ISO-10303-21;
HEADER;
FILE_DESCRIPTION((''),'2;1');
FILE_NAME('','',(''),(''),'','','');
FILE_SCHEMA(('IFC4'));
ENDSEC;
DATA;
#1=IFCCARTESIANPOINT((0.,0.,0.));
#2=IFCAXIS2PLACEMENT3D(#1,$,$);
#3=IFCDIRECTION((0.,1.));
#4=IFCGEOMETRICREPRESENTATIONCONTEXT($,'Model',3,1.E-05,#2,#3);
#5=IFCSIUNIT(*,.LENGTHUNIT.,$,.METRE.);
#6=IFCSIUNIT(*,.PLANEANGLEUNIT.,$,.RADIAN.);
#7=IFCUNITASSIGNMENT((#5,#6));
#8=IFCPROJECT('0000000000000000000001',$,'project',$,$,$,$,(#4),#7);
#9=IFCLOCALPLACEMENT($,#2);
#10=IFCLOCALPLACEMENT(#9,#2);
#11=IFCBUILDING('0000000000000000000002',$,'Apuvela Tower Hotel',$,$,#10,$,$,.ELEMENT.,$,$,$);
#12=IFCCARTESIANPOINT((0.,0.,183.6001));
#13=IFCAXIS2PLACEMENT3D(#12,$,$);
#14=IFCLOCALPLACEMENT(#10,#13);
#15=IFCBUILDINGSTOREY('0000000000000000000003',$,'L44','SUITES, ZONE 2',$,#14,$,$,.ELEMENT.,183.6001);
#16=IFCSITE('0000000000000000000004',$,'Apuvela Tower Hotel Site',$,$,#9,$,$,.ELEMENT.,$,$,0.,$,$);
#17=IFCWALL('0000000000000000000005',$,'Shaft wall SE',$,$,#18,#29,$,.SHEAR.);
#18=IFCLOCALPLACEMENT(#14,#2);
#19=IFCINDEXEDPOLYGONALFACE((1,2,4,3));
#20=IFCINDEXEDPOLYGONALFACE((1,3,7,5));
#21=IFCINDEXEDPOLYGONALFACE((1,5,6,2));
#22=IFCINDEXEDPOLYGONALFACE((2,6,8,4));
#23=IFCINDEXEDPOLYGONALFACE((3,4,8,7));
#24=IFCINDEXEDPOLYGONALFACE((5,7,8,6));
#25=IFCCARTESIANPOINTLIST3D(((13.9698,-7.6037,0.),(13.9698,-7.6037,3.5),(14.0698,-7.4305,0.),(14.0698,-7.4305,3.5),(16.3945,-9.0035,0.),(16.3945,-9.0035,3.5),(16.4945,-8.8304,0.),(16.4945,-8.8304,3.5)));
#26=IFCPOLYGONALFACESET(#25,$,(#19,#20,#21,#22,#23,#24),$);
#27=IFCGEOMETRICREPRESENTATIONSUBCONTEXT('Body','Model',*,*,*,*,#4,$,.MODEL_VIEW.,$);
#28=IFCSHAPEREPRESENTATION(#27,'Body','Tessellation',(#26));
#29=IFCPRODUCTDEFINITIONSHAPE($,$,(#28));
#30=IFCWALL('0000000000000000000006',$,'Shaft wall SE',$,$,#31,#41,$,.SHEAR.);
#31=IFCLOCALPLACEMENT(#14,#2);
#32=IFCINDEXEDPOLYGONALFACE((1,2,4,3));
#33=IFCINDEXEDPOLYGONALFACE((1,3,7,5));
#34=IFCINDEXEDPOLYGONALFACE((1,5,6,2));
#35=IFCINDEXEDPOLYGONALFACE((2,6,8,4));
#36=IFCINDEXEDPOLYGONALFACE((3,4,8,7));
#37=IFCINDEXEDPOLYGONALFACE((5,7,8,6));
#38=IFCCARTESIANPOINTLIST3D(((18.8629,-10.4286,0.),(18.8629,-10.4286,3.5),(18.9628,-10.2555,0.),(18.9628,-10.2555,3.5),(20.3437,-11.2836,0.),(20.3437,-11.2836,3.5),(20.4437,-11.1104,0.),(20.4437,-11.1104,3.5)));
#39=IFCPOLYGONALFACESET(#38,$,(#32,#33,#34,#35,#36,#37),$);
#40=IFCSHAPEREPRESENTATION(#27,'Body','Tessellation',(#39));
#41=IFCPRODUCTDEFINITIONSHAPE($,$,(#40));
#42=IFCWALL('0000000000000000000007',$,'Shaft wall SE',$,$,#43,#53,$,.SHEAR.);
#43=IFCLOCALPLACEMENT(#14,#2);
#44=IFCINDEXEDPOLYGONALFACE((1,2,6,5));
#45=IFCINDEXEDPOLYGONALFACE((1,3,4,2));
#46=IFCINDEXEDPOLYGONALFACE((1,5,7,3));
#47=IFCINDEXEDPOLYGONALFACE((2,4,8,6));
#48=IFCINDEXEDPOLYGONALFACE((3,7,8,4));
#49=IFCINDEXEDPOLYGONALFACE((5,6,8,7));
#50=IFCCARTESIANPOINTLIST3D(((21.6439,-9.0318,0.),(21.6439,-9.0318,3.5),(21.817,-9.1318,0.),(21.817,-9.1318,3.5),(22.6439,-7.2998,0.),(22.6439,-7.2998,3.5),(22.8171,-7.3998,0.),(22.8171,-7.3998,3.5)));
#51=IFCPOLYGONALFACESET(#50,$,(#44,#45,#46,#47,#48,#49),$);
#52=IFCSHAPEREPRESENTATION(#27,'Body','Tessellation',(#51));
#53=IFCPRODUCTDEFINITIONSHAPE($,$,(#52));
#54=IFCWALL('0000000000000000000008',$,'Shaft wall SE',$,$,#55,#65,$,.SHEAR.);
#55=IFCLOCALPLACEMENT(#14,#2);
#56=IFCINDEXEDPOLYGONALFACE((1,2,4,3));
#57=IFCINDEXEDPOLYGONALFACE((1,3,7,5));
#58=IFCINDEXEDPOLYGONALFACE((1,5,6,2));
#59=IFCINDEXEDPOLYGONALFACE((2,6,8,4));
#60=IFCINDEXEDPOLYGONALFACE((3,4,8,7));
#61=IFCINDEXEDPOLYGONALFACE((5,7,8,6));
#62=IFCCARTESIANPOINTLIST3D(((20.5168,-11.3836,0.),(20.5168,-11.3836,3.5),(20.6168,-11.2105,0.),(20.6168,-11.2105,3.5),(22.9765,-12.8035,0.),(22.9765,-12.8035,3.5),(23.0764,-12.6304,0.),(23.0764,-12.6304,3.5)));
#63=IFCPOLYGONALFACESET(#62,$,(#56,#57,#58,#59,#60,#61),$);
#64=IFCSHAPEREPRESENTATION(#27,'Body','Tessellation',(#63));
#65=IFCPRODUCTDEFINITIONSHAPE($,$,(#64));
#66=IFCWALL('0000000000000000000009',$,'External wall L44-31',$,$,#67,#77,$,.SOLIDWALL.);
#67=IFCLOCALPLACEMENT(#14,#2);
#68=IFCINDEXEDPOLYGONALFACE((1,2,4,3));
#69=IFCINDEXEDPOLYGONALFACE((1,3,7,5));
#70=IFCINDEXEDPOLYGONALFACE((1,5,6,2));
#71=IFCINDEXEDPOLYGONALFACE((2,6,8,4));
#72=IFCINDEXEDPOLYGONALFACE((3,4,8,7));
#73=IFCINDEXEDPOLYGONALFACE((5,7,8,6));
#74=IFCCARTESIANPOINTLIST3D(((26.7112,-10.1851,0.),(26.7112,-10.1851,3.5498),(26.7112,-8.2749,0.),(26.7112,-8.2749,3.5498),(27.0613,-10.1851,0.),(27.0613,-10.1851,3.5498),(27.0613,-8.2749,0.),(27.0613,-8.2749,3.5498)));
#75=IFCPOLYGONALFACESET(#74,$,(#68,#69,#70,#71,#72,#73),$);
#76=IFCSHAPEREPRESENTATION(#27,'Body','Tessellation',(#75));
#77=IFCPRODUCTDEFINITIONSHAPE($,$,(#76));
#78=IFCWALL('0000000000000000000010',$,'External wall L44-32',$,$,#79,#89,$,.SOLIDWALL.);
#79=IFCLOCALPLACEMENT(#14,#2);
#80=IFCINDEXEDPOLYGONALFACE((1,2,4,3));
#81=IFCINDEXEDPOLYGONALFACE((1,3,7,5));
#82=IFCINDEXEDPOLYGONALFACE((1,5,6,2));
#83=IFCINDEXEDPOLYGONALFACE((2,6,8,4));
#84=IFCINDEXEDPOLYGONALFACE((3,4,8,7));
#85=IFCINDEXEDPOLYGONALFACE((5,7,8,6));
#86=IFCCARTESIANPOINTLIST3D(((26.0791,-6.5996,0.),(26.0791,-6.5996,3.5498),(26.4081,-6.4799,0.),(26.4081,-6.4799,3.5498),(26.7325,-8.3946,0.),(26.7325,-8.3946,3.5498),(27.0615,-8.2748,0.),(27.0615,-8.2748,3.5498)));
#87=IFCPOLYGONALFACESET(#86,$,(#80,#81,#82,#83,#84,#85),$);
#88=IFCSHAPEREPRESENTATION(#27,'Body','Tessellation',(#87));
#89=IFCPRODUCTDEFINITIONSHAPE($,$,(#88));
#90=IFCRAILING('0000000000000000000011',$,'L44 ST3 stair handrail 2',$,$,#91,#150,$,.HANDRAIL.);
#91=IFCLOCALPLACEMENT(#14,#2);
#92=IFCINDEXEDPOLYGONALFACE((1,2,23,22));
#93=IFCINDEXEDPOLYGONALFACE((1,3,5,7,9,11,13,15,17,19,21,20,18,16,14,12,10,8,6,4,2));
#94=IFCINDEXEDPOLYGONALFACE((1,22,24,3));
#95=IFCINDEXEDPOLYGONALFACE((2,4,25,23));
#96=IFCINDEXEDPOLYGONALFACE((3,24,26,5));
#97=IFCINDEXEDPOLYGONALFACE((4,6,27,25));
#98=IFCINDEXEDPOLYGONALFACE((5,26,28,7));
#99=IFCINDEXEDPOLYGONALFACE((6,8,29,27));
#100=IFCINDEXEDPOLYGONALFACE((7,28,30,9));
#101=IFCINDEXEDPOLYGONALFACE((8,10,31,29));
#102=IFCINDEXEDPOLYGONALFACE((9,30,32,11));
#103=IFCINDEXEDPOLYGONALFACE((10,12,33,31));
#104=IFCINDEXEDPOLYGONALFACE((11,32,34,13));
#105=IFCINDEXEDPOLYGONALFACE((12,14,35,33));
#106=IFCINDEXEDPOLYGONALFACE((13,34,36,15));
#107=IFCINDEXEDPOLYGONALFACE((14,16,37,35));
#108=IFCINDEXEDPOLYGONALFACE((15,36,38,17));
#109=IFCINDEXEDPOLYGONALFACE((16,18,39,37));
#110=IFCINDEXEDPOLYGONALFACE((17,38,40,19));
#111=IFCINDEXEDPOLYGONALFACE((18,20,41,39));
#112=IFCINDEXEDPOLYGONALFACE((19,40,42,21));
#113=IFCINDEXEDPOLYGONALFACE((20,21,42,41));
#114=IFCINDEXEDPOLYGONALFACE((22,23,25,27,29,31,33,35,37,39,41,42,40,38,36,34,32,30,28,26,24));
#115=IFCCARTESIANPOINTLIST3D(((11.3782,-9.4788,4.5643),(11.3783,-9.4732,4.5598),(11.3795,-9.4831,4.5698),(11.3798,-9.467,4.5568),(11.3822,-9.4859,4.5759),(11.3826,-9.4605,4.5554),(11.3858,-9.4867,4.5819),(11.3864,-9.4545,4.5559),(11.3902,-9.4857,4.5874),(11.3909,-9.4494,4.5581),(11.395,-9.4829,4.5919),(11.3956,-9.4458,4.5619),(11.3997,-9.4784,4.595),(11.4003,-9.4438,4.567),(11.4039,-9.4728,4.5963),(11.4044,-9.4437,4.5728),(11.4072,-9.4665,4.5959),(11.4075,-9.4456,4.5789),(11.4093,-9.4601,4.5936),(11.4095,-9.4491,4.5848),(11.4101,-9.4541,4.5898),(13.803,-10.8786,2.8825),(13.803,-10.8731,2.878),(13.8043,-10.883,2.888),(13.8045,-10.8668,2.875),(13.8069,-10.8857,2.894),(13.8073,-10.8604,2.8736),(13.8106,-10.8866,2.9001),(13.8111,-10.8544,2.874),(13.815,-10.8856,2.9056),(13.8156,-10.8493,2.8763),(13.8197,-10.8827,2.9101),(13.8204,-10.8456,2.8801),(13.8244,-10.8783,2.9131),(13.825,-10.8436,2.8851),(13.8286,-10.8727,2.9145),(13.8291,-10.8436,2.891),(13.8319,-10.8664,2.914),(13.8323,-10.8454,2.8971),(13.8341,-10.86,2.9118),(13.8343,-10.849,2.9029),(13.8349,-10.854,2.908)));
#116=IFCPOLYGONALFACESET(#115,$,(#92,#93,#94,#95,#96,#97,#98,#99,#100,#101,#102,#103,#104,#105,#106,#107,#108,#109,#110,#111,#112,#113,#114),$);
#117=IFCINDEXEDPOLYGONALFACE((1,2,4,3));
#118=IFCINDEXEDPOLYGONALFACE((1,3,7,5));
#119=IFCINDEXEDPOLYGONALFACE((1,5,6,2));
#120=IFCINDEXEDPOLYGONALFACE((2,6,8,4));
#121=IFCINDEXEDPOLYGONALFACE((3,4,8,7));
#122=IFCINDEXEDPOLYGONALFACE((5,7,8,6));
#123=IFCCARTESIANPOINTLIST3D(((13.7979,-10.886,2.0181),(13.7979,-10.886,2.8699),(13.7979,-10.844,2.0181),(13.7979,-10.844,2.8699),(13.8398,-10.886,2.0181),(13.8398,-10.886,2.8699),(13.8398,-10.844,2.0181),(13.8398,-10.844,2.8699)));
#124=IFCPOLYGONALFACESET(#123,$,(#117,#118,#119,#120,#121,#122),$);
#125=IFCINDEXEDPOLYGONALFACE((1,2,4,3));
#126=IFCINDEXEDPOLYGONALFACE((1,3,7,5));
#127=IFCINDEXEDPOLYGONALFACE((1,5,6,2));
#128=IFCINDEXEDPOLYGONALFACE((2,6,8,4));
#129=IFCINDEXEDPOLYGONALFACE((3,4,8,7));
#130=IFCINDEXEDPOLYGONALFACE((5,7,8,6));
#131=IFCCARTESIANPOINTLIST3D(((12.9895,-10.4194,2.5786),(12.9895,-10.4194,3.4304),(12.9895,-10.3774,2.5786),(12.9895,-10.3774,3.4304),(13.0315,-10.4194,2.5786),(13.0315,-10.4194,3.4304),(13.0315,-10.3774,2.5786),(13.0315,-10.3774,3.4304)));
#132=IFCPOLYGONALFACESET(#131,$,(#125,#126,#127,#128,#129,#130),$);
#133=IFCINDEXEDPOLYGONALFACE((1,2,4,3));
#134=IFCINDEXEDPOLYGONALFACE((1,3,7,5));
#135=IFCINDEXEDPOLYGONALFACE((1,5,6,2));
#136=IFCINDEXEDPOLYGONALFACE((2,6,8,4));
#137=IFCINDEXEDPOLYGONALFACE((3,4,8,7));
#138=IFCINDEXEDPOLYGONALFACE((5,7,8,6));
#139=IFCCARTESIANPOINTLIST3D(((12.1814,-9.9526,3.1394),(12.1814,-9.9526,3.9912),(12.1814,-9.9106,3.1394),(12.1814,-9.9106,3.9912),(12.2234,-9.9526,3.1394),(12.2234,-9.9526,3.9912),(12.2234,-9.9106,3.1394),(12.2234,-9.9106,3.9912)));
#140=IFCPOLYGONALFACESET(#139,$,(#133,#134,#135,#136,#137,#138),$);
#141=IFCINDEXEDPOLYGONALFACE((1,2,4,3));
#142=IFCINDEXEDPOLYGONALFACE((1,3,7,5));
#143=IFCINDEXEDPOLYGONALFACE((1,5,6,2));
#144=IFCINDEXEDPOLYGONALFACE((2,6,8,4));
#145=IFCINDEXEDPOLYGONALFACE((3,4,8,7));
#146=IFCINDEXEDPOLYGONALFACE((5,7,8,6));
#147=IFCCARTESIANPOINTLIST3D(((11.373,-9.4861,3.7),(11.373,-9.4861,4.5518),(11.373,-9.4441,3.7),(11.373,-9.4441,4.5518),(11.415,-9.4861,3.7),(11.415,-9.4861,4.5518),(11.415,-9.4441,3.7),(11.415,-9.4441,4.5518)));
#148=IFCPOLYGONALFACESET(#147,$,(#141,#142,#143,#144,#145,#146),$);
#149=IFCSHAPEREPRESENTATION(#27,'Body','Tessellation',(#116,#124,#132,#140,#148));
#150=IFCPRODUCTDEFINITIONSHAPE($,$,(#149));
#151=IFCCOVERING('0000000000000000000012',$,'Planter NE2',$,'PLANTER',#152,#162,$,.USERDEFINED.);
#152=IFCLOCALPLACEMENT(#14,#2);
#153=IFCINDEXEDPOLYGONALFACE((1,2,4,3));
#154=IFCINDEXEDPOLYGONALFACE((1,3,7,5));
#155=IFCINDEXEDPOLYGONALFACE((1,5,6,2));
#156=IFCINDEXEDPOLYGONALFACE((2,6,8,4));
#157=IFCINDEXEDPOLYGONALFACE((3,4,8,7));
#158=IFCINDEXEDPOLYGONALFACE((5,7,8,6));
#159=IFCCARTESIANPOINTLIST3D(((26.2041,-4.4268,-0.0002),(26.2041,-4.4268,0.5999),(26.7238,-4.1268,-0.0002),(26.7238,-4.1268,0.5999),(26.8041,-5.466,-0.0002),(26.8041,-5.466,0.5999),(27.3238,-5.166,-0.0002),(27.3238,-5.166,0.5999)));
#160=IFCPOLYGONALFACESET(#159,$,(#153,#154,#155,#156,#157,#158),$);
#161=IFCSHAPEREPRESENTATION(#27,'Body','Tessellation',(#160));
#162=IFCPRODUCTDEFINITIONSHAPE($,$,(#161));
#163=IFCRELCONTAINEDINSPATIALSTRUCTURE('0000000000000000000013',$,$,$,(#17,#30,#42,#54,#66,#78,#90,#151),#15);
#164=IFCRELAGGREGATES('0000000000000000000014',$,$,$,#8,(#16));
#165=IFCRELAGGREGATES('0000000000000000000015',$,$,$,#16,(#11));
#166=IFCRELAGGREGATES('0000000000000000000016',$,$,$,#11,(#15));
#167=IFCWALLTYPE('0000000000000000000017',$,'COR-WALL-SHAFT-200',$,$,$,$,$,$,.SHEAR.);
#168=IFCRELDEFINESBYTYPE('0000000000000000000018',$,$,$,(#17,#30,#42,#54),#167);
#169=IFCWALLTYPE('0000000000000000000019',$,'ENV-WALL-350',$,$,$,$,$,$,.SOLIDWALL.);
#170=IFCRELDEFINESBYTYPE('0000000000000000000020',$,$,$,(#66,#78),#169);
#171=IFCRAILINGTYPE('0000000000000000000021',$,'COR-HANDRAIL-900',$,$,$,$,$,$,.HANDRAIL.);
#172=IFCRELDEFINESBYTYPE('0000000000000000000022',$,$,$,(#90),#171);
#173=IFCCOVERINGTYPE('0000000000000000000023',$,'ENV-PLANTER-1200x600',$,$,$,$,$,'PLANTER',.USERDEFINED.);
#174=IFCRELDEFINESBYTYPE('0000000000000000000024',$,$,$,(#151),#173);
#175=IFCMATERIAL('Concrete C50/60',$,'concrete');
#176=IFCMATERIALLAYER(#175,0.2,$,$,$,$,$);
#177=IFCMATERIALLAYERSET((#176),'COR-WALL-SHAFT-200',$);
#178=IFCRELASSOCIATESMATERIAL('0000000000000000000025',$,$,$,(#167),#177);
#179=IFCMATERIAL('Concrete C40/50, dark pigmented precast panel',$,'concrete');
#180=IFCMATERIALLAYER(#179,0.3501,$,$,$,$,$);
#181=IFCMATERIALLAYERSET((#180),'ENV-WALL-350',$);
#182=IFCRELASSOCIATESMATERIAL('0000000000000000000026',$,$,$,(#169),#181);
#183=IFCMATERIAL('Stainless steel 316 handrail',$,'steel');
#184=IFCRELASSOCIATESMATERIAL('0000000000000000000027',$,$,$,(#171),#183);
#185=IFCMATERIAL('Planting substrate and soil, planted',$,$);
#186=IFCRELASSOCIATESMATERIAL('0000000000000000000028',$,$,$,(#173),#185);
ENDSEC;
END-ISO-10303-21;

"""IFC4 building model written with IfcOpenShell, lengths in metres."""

from ifc_helpers import new_model, si_unit, direction, frame, frame_2d, origin, origin_2d, place, context, subcontext, project, spatial, rectangle, circle, extrude, material, layer, layer_set, type_object, element, save


model = new_model("IFC4")

# Units and contexts
model_context = context("Model", 3, precision=1e-05, world=origin(), true_north=direction((0.0, 1.0)))
body_context = subcontext(model_context, "Body", "Model", "MODEL_VIEW")
ifc_project = project(units=[si_unit("LENGTHUNIT", "METRE"), si_unit("PLANEANGLEUNIT", "RADIAN")], contexts=[model_context])

# Site, building, storey
site_placement = place(None, origin())
site = spatial("IfcSite", under=ifc_project, at=site_placement, Name="Apuvela Tower Hotel Site", CompositionType="ELEMENT", RefElevation=0.0)
building_placement = place(site_placement, origin())
building = spatial("IfcBuilding", under=site, at=building_placement, Name="Apuvela Tower Hotel", CompositionType="ELEMENT")
storey_placement = place(building_placement, frame((0.0, 0.0, 183.6001)))
storey = spatial("IfcBuildingStorey", under=building, at=storey_placement, Name="L44", Description="SUITES, ZONE 2", CompositionType="ELEMENT", Elevation=183.6001)

# Walls
ifc_material_1 = material(Name="Concrete C50/60", Category="concrete")
ifc_layer_1 = layer(ifc_material_1, 0.2)
ifc_layer_set_1 = layer_set([ifc_layer_1], Name="COR-WALL-SHAFT-200")
wall_type_1 = type_object("IfcWallType", Name="COR-WALL-SHAFT-200", PredefinedType="SHEAR", material=ifc_layer_set_1)
wall_1_placement = place(storey_placement, frame((14.0198, -7.5171, 0.0), z_axis=(0.0, 0.0, 1.0), x_axis=(0.866035, -0.499984, 0.0)))
element("IfcWall", 1, at=wall_1_placement, inside=storey, type_object=wall_type_1, Name="Shaft wall SE", PredefinedType="SHEAR", context=body_context, shape_type="SweptSolid", body=[
    extrude(rectangle(XDim=2.7998, YDim=0.2, at=frame_2d((1.3999, 0.0))), origin(), (0.0, 0.0, 1.0), 3.5),
])
wall_2_placement = place(storey_placement, frame((18.9128, -10.342, 0.0), z_axis=(0.0, 0.0, 1.0), x_axis=(0.866038, -0.499978, 0.0)))
element("IfcWall", 2, at=wall_2_placement, inside=storey, type_object=wall_type_1, Name="Shaft wall SE", PredefinedType="SHEAR", context=body_context, shape_type="SweptSolid", body=[
    extrude(rectangle(XDim=1.71, YDim=0.2, at=frame_2d((0.855, 0.0))), origin(), (0.0, 0.0, 1.0), 3.5),
])
wall_3_placement = place(storey_placement, frame((21.7305, -9.0818, 0.0), z_axis=(0.0, 0.0, 1.0), x_axis=(0.500025, 0.866011, 0.0)))
element("IfcWall", 3, at=wall_3_placement, inside=storey, type_object=wall_type_1, Name="Shaft wall SE", PredefinedType="SHEAR", context=body_context, shape_type="SweptSolid", body=[
    extrude(rectangle(XDim=2.0, YDim=0.2, at=frame_2d((1.0, 0.0))), origin(), (0.0, 0.0, 1.0), 3.5),
])
wall_4_placement = place(storey_placement, frame((20.5669, -11.2971, 0.0), z_axis=(0.0, 0.0, 1.0), x_axis=(0.866055, -0.499948, 0.0)))
element("IfcWall", 4, at=wall_4_placement, inside=storey, type_object=wall_type_1, Name="Shaft wall SE", PredefinedType="SHEAR", context=body_context, shape_type="SweptSolid", body=[
    extrude(rectangle(XDim=2.8401, YDim=0.2, at=frame_2d((1.4199, 0.0))), origin(), (0.0, 0.0, 1.0), 3.5),
])
ifc_material_2 = material(Name="Concrete C40/50, dark pigmented precast panel", Category="concrete")
ifc_layer_2 = layer(ifc_material_2, 0.3501)
ifc_layer_set_2 = layer_set([ifc_layer_2], Name="ENV-WALL-350")
wall_type_2 = type_object("IfcWallType", Name="ENV-WALL-350", PredefinedType="SOLIDWALL", material=ifc_layer_set_2)
for number, where, z_axis, x_axis, name in (
    (5, (26.8862, -10.1851, 0.0), (0.0, 0.0, 1.0), (0.0, 1.0, 0.0), "External wall L44-31"),
    (6, (26.897, -8.3347, 0.0), (0.0, 0.0, 1.0), (-0.34203, 0.939689, 0.0), "External wall L44-32"),
):
    element("IfcWall", number, at=place(storey_placement, frame(where, z_axis=z_axis, x_axis=x_axis)), inside=storey, type_object=wall_type_2, Name=name, PredefinedType="SOLIDWALL", context=body_context, shape_type="SweptSolid", body=[
        extrude(rectangle(XDim=1.9102, YDim=0.3501, at=frame_2d((0.9551, 0.0))), origin(), (0.0, 0.0, 1.0), 3.5498),
    ])

# Railing
ifc_material_3 = material(Name="Stainless steel 316 handrail", Category="steel")
railing_type_1 = type_object("IfcRailingType", Name="COR-HANDRAIL-900", PredefinedType="HANDRAIL", material=ifc_material_3)
railing_1_placement = place(storey_placement, frame((13.8188, -10.865, 2.0181)))
element("IfcRailing", 7, at=railing_1_placement, inside=storey, type_object=railing_type_1, Name="L44 ST3 stair handrail 2", PredefinedType="HANDRAIL", context=body_context, shape_type="SweptSolid", body=[
    extrude(circle(Radius=0.0239, at=origin_2d()), frame((0.0, 0.0, 0.876), z_axis=(-0.74239, 0.428601, 0.514934), x_axis=(-0.499984, -0.866035, 0.0)), (0.0, 0.0, 1.0), 3.2661),
    extrude(rectangle(XDim=0.042, YDim=0.042, at=origin_2d()), origin(), (0.0, 0.0, 1.0), 0.8518),
    extrude(rectangle(XDim=0.042, YDim=0.042, at=origin_2d()), frame((-0.8083, 0.4666, 0.5605)), (0.0, 0.0, 1.0), 0.8518),
    extrude(rectangle(XDim=0.042, YDim=0.042, at=origin_2d()), frame((-1.6165, 0.9333, 1.1213)), (0.0, 0.0, 1.0), 0.8518),
    extrude(rectangle(XDim=0.042, YDim=0.042, at=origin_2d()), frame((-2.4248, 1.3999, 1.6819)), (0.0, 0.0, 1.0), 0.8518),
])

# Covering
ifc_material_4 = material(Name="Planting substrate and soil, planted")
covering_type = type_object("IfcCoveringType", Name="ENV-PLANTER-1200x600", ElementType="PLANTER", PredefinedType="USERDEFINED", material=ifc_material_4)
covering_placement = place(storey_placement, frame((26.7639, -4.7964, -0.0002), z_axis=(0.0, 0.0, 1.0), x_axis=(-0.5, 0.866025, 0.0)))
element("IfcCovering", 8, at=covering_placement, inside=storey, type_object=covering_type, Name="Planter NE2", ObjectType="PLANTER", PredefinedType="USERDEFINED", context=body_context, shape_type="SweptSolid", body=[
    extrude(rectangle(XDim=1.2, YDim=0.6001, at=origin_2d()), origin(), (0.0, 0.0, 1.0), 0.6001),
])

save(model, "model.ifc")
